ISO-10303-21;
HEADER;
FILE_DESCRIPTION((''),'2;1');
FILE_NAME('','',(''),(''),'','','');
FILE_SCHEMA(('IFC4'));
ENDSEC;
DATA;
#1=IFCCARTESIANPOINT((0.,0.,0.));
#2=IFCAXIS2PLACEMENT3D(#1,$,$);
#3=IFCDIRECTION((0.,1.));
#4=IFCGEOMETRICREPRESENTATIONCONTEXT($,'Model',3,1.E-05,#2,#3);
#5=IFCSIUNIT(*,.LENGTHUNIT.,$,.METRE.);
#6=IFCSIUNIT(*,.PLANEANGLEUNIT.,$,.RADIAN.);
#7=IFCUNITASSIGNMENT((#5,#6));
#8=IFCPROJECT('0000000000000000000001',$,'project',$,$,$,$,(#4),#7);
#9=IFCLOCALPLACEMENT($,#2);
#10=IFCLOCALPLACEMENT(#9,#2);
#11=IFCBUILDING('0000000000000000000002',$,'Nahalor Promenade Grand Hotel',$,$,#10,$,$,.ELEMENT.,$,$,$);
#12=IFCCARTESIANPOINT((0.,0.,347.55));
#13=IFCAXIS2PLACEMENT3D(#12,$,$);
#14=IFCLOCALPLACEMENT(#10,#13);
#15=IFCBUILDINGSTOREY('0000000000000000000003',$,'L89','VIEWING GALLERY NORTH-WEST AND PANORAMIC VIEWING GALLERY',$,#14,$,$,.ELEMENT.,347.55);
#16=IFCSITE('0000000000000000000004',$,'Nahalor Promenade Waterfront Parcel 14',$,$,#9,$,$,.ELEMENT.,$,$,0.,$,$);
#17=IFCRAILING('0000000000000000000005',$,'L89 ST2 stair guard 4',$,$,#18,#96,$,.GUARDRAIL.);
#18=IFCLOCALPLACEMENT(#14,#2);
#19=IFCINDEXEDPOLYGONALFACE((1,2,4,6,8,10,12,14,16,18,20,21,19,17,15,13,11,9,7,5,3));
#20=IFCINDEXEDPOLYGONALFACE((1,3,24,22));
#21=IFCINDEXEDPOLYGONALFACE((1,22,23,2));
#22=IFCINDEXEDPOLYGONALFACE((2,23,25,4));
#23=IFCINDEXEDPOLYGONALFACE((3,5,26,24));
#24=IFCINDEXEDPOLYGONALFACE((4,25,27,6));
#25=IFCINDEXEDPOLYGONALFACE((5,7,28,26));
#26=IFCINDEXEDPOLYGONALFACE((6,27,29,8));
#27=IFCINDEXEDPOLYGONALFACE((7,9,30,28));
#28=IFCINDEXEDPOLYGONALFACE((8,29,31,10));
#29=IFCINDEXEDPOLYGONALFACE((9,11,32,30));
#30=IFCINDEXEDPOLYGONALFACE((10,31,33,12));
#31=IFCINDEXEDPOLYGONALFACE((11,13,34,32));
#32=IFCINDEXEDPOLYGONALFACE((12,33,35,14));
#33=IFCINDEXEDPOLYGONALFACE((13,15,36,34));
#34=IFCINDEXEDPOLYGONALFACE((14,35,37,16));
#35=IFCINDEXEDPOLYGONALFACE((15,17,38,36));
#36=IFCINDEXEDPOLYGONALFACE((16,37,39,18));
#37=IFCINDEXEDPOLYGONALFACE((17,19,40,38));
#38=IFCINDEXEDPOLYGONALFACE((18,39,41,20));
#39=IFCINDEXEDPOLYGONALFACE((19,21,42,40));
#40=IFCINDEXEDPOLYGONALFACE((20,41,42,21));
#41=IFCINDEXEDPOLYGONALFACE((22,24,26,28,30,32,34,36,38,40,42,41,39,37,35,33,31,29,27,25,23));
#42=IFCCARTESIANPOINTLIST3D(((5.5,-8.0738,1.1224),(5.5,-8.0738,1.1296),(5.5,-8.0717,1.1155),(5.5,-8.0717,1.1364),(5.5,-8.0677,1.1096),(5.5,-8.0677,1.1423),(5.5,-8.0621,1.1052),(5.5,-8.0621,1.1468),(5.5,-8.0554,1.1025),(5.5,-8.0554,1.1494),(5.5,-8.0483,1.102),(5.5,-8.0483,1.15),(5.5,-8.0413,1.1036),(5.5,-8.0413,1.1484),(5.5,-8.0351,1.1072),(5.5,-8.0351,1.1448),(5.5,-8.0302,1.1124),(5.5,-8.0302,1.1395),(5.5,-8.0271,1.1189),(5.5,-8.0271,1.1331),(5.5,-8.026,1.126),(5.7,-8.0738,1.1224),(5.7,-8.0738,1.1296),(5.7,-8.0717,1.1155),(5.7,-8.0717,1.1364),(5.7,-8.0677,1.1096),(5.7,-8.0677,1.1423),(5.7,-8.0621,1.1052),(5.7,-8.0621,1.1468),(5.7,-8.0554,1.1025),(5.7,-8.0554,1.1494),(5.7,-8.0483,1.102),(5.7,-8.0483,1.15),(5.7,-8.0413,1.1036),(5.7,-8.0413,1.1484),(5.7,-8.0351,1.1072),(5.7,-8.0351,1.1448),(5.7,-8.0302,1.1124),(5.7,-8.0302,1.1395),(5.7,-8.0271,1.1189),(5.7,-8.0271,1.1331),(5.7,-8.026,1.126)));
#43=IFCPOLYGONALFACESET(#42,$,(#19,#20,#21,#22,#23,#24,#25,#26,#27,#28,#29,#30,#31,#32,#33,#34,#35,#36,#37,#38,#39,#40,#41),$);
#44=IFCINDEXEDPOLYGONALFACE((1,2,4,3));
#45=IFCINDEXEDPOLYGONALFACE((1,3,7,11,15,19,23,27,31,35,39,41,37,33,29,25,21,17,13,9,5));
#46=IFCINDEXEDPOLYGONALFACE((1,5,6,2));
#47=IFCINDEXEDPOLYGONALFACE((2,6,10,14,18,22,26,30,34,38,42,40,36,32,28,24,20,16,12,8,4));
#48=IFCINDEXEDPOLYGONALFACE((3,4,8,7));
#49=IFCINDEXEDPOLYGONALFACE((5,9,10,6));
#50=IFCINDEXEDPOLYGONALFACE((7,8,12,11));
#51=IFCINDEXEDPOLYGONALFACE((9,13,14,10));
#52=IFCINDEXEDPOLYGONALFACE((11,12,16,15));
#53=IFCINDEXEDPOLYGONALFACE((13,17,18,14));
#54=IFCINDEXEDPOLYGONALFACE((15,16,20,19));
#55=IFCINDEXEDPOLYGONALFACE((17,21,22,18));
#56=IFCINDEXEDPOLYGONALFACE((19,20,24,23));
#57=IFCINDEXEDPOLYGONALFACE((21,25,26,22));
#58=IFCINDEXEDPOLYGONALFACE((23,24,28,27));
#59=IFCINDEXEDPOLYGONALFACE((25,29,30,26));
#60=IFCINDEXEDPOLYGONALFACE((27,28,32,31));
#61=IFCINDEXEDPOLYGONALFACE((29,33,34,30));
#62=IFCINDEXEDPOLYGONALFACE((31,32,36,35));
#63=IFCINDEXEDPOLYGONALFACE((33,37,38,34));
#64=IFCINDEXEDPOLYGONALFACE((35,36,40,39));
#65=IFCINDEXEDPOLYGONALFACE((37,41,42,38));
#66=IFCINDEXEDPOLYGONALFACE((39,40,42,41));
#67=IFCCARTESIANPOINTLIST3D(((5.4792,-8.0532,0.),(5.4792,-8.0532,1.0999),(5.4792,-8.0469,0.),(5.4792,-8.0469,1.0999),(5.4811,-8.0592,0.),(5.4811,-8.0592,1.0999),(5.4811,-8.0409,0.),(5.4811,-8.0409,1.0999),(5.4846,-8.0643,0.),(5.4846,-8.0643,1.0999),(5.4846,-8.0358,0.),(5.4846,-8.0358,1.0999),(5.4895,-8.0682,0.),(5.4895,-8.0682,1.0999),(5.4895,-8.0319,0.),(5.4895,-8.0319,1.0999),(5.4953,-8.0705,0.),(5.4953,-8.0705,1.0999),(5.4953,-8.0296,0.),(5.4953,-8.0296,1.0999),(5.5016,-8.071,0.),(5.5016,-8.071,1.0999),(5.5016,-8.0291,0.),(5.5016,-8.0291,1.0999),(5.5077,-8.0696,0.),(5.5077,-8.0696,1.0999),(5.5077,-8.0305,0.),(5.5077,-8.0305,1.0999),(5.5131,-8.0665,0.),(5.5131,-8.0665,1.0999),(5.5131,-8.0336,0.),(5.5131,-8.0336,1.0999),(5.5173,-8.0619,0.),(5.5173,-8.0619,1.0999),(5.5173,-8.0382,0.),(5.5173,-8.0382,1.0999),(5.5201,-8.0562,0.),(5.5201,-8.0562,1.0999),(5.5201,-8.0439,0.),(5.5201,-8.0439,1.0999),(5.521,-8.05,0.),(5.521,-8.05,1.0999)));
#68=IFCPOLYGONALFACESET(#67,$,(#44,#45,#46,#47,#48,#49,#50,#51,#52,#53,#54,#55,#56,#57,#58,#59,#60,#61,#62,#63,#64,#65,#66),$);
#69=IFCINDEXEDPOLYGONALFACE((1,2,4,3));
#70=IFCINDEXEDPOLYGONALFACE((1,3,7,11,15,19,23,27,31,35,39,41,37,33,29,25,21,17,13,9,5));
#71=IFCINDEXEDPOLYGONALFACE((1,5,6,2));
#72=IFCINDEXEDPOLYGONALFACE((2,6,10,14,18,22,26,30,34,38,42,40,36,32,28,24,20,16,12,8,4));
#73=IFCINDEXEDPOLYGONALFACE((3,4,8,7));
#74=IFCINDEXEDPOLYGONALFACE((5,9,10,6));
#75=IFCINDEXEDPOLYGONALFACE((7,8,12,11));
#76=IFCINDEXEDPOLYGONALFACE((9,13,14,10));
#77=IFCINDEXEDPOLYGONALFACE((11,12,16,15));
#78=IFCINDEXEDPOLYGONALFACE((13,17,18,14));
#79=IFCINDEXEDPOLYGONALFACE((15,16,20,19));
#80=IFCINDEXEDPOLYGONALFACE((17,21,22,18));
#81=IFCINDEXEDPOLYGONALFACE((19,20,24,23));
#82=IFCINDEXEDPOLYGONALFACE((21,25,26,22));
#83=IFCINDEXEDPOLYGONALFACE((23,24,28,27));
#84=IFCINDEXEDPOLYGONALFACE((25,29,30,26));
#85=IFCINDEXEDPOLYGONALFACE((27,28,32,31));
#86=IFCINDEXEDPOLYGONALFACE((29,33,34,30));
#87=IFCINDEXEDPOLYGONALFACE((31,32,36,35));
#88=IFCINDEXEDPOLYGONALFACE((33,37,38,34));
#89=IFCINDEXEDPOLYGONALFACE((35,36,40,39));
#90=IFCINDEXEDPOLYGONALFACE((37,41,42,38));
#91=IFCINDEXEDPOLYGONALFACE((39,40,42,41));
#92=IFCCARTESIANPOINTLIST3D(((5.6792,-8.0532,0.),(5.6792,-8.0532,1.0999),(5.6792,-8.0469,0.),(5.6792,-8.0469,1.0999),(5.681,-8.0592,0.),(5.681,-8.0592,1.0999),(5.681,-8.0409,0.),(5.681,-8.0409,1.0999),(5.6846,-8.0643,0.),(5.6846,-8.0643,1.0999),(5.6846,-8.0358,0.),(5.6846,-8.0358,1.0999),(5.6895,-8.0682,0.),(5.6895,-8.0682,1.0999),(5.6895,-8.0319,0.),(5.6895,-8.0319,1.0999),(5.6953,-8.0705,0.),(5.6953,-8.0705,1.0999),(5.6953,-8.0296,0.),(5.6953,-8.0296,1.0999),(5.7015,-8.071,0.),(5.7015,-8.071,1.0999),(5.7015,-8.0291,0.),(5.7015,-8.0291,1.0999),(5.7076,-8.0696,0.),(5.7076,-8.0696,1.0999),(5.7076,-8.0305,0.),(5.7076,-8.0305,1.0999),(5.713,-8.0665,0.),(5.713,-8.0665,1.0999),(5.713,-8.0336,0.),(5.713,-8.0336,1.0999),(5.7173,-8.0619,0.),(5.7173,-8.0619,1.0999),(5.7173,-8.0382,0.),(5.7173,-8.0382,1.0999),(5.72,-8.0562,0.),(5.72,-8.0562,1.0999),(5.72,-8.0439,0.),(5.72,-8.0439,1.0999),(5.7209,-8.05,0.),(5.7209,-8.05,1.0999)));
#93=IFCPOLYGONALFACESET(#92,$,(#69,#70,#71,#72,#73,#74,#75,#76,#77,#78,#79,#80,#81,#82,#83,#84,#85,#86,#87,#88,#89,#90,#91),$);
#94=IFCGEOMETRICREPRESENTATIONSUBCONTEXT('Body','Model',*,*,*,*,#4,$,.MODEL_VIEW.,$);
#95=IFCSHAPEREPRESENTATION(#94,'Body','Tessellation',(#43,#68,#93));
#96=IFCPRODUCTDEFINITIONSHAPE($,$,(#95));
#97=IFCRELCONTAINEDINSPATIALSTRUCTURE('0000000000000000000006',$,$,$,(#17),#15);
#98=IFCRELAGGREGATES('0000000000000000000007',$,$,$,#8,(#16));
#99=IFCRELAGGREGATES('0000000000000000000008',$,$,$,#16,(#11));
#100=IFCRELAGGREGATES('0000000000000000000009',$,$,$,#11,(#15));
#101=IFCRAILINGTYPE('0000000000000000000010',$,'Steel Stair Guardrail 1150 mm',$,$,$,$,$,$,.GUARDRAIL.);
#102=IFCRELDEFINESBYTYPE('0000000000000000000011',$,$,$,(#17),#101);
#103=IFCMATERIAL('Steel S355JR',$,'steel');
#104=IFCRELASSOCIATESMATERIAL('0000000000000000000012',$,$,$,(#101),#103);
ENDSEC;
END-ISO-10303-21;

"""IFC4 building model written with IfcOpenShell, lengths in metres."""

from ifc_helpers import new_model, si_unit, direction, frame, origin, origin_2d, place, context, subcontext, project, spatial, circle, extrude, material, type_object, element, save


model = new_model("IFC4")

# Units and contexts
model_context = context("Model", 3, precision=1e-05, world=origin(), true_north=direction((0.0, 1.0)))
body_context = subcontext(model_context, "Body", "Model", "MODEL_VIEW")
ifc_project = project(units=[si_unit("LENGTHUNIT", "METRE"), si_unit("PLANEANGLEUNIT", "RADIAN")], contexts=[model_context])

# Site, building, storey
site_placement = place(None, origin())
site = spatial("IfcSite", under=ifc_project, at=site_placement, Name="Nahalor Promenade Waterfront Parcel 14", CompositionType="ELEMENT", RefElevation=0.0)
building_placement = place(site_placement, origin())
building = spatial("IfcBuilding", under=site, at=building_placement, Name="Nahalor Promenade Grand Hotel", CompositionType="ELEMENT")
storey_placement = place(building_placement, frame((0.0, 0.0, 347.55)))
storey = spatial("IfcBuildingStorey", under=building, at=storey_placement, Name="L89", Description="VIEWING GALLERY NORTH-WEST AND PANORAMIC VIEWING GALLERY", CompositionType="ELEMENT", Elevation=347.55)

# Shared definitions
ifc_material_1 = material(Name="Steel S355JR", Category="steel")

# Railing
railing_type_1 = type_object("IfcRailingType", Name="Steel Stair Guardrail 1150 mm", PredefinedType="GUARDRAIL", material=ifc_material_1)
railing_1_placement = place(storey_placement, frame((5.5, -8.05, 0.0)))
element("IfcRailing", 1, at=railing_1_placement, inside=storey, type_object=railing_type_1, Name="L89 ST2 stair guard 4", PredefinedType="GUARDRAIL", context=body_context, shape_type="SweptSolid", body=[
    extrude(circle(Radius=0.024, at=origin_2d()), frame((0.0, 0.0, 1.126), z_axis=(1.0, 0.0, 0.0), x_axis=(0.0, 1.0, 0.0)), (0.0, 0.0, 1.0), 0.2),
    extrude(circle(Radius=0.021, at=origin_2d()), origin(), (0.0, 0.0, 1.0), 1.0999),
    extrude(circle(Radius=0.021, at=origin_2d()), frame((0.2, 0.0, 0.0)), (0.0, 0.0, 1.0), 1.0999),
])

save(model, "model.ifc")
